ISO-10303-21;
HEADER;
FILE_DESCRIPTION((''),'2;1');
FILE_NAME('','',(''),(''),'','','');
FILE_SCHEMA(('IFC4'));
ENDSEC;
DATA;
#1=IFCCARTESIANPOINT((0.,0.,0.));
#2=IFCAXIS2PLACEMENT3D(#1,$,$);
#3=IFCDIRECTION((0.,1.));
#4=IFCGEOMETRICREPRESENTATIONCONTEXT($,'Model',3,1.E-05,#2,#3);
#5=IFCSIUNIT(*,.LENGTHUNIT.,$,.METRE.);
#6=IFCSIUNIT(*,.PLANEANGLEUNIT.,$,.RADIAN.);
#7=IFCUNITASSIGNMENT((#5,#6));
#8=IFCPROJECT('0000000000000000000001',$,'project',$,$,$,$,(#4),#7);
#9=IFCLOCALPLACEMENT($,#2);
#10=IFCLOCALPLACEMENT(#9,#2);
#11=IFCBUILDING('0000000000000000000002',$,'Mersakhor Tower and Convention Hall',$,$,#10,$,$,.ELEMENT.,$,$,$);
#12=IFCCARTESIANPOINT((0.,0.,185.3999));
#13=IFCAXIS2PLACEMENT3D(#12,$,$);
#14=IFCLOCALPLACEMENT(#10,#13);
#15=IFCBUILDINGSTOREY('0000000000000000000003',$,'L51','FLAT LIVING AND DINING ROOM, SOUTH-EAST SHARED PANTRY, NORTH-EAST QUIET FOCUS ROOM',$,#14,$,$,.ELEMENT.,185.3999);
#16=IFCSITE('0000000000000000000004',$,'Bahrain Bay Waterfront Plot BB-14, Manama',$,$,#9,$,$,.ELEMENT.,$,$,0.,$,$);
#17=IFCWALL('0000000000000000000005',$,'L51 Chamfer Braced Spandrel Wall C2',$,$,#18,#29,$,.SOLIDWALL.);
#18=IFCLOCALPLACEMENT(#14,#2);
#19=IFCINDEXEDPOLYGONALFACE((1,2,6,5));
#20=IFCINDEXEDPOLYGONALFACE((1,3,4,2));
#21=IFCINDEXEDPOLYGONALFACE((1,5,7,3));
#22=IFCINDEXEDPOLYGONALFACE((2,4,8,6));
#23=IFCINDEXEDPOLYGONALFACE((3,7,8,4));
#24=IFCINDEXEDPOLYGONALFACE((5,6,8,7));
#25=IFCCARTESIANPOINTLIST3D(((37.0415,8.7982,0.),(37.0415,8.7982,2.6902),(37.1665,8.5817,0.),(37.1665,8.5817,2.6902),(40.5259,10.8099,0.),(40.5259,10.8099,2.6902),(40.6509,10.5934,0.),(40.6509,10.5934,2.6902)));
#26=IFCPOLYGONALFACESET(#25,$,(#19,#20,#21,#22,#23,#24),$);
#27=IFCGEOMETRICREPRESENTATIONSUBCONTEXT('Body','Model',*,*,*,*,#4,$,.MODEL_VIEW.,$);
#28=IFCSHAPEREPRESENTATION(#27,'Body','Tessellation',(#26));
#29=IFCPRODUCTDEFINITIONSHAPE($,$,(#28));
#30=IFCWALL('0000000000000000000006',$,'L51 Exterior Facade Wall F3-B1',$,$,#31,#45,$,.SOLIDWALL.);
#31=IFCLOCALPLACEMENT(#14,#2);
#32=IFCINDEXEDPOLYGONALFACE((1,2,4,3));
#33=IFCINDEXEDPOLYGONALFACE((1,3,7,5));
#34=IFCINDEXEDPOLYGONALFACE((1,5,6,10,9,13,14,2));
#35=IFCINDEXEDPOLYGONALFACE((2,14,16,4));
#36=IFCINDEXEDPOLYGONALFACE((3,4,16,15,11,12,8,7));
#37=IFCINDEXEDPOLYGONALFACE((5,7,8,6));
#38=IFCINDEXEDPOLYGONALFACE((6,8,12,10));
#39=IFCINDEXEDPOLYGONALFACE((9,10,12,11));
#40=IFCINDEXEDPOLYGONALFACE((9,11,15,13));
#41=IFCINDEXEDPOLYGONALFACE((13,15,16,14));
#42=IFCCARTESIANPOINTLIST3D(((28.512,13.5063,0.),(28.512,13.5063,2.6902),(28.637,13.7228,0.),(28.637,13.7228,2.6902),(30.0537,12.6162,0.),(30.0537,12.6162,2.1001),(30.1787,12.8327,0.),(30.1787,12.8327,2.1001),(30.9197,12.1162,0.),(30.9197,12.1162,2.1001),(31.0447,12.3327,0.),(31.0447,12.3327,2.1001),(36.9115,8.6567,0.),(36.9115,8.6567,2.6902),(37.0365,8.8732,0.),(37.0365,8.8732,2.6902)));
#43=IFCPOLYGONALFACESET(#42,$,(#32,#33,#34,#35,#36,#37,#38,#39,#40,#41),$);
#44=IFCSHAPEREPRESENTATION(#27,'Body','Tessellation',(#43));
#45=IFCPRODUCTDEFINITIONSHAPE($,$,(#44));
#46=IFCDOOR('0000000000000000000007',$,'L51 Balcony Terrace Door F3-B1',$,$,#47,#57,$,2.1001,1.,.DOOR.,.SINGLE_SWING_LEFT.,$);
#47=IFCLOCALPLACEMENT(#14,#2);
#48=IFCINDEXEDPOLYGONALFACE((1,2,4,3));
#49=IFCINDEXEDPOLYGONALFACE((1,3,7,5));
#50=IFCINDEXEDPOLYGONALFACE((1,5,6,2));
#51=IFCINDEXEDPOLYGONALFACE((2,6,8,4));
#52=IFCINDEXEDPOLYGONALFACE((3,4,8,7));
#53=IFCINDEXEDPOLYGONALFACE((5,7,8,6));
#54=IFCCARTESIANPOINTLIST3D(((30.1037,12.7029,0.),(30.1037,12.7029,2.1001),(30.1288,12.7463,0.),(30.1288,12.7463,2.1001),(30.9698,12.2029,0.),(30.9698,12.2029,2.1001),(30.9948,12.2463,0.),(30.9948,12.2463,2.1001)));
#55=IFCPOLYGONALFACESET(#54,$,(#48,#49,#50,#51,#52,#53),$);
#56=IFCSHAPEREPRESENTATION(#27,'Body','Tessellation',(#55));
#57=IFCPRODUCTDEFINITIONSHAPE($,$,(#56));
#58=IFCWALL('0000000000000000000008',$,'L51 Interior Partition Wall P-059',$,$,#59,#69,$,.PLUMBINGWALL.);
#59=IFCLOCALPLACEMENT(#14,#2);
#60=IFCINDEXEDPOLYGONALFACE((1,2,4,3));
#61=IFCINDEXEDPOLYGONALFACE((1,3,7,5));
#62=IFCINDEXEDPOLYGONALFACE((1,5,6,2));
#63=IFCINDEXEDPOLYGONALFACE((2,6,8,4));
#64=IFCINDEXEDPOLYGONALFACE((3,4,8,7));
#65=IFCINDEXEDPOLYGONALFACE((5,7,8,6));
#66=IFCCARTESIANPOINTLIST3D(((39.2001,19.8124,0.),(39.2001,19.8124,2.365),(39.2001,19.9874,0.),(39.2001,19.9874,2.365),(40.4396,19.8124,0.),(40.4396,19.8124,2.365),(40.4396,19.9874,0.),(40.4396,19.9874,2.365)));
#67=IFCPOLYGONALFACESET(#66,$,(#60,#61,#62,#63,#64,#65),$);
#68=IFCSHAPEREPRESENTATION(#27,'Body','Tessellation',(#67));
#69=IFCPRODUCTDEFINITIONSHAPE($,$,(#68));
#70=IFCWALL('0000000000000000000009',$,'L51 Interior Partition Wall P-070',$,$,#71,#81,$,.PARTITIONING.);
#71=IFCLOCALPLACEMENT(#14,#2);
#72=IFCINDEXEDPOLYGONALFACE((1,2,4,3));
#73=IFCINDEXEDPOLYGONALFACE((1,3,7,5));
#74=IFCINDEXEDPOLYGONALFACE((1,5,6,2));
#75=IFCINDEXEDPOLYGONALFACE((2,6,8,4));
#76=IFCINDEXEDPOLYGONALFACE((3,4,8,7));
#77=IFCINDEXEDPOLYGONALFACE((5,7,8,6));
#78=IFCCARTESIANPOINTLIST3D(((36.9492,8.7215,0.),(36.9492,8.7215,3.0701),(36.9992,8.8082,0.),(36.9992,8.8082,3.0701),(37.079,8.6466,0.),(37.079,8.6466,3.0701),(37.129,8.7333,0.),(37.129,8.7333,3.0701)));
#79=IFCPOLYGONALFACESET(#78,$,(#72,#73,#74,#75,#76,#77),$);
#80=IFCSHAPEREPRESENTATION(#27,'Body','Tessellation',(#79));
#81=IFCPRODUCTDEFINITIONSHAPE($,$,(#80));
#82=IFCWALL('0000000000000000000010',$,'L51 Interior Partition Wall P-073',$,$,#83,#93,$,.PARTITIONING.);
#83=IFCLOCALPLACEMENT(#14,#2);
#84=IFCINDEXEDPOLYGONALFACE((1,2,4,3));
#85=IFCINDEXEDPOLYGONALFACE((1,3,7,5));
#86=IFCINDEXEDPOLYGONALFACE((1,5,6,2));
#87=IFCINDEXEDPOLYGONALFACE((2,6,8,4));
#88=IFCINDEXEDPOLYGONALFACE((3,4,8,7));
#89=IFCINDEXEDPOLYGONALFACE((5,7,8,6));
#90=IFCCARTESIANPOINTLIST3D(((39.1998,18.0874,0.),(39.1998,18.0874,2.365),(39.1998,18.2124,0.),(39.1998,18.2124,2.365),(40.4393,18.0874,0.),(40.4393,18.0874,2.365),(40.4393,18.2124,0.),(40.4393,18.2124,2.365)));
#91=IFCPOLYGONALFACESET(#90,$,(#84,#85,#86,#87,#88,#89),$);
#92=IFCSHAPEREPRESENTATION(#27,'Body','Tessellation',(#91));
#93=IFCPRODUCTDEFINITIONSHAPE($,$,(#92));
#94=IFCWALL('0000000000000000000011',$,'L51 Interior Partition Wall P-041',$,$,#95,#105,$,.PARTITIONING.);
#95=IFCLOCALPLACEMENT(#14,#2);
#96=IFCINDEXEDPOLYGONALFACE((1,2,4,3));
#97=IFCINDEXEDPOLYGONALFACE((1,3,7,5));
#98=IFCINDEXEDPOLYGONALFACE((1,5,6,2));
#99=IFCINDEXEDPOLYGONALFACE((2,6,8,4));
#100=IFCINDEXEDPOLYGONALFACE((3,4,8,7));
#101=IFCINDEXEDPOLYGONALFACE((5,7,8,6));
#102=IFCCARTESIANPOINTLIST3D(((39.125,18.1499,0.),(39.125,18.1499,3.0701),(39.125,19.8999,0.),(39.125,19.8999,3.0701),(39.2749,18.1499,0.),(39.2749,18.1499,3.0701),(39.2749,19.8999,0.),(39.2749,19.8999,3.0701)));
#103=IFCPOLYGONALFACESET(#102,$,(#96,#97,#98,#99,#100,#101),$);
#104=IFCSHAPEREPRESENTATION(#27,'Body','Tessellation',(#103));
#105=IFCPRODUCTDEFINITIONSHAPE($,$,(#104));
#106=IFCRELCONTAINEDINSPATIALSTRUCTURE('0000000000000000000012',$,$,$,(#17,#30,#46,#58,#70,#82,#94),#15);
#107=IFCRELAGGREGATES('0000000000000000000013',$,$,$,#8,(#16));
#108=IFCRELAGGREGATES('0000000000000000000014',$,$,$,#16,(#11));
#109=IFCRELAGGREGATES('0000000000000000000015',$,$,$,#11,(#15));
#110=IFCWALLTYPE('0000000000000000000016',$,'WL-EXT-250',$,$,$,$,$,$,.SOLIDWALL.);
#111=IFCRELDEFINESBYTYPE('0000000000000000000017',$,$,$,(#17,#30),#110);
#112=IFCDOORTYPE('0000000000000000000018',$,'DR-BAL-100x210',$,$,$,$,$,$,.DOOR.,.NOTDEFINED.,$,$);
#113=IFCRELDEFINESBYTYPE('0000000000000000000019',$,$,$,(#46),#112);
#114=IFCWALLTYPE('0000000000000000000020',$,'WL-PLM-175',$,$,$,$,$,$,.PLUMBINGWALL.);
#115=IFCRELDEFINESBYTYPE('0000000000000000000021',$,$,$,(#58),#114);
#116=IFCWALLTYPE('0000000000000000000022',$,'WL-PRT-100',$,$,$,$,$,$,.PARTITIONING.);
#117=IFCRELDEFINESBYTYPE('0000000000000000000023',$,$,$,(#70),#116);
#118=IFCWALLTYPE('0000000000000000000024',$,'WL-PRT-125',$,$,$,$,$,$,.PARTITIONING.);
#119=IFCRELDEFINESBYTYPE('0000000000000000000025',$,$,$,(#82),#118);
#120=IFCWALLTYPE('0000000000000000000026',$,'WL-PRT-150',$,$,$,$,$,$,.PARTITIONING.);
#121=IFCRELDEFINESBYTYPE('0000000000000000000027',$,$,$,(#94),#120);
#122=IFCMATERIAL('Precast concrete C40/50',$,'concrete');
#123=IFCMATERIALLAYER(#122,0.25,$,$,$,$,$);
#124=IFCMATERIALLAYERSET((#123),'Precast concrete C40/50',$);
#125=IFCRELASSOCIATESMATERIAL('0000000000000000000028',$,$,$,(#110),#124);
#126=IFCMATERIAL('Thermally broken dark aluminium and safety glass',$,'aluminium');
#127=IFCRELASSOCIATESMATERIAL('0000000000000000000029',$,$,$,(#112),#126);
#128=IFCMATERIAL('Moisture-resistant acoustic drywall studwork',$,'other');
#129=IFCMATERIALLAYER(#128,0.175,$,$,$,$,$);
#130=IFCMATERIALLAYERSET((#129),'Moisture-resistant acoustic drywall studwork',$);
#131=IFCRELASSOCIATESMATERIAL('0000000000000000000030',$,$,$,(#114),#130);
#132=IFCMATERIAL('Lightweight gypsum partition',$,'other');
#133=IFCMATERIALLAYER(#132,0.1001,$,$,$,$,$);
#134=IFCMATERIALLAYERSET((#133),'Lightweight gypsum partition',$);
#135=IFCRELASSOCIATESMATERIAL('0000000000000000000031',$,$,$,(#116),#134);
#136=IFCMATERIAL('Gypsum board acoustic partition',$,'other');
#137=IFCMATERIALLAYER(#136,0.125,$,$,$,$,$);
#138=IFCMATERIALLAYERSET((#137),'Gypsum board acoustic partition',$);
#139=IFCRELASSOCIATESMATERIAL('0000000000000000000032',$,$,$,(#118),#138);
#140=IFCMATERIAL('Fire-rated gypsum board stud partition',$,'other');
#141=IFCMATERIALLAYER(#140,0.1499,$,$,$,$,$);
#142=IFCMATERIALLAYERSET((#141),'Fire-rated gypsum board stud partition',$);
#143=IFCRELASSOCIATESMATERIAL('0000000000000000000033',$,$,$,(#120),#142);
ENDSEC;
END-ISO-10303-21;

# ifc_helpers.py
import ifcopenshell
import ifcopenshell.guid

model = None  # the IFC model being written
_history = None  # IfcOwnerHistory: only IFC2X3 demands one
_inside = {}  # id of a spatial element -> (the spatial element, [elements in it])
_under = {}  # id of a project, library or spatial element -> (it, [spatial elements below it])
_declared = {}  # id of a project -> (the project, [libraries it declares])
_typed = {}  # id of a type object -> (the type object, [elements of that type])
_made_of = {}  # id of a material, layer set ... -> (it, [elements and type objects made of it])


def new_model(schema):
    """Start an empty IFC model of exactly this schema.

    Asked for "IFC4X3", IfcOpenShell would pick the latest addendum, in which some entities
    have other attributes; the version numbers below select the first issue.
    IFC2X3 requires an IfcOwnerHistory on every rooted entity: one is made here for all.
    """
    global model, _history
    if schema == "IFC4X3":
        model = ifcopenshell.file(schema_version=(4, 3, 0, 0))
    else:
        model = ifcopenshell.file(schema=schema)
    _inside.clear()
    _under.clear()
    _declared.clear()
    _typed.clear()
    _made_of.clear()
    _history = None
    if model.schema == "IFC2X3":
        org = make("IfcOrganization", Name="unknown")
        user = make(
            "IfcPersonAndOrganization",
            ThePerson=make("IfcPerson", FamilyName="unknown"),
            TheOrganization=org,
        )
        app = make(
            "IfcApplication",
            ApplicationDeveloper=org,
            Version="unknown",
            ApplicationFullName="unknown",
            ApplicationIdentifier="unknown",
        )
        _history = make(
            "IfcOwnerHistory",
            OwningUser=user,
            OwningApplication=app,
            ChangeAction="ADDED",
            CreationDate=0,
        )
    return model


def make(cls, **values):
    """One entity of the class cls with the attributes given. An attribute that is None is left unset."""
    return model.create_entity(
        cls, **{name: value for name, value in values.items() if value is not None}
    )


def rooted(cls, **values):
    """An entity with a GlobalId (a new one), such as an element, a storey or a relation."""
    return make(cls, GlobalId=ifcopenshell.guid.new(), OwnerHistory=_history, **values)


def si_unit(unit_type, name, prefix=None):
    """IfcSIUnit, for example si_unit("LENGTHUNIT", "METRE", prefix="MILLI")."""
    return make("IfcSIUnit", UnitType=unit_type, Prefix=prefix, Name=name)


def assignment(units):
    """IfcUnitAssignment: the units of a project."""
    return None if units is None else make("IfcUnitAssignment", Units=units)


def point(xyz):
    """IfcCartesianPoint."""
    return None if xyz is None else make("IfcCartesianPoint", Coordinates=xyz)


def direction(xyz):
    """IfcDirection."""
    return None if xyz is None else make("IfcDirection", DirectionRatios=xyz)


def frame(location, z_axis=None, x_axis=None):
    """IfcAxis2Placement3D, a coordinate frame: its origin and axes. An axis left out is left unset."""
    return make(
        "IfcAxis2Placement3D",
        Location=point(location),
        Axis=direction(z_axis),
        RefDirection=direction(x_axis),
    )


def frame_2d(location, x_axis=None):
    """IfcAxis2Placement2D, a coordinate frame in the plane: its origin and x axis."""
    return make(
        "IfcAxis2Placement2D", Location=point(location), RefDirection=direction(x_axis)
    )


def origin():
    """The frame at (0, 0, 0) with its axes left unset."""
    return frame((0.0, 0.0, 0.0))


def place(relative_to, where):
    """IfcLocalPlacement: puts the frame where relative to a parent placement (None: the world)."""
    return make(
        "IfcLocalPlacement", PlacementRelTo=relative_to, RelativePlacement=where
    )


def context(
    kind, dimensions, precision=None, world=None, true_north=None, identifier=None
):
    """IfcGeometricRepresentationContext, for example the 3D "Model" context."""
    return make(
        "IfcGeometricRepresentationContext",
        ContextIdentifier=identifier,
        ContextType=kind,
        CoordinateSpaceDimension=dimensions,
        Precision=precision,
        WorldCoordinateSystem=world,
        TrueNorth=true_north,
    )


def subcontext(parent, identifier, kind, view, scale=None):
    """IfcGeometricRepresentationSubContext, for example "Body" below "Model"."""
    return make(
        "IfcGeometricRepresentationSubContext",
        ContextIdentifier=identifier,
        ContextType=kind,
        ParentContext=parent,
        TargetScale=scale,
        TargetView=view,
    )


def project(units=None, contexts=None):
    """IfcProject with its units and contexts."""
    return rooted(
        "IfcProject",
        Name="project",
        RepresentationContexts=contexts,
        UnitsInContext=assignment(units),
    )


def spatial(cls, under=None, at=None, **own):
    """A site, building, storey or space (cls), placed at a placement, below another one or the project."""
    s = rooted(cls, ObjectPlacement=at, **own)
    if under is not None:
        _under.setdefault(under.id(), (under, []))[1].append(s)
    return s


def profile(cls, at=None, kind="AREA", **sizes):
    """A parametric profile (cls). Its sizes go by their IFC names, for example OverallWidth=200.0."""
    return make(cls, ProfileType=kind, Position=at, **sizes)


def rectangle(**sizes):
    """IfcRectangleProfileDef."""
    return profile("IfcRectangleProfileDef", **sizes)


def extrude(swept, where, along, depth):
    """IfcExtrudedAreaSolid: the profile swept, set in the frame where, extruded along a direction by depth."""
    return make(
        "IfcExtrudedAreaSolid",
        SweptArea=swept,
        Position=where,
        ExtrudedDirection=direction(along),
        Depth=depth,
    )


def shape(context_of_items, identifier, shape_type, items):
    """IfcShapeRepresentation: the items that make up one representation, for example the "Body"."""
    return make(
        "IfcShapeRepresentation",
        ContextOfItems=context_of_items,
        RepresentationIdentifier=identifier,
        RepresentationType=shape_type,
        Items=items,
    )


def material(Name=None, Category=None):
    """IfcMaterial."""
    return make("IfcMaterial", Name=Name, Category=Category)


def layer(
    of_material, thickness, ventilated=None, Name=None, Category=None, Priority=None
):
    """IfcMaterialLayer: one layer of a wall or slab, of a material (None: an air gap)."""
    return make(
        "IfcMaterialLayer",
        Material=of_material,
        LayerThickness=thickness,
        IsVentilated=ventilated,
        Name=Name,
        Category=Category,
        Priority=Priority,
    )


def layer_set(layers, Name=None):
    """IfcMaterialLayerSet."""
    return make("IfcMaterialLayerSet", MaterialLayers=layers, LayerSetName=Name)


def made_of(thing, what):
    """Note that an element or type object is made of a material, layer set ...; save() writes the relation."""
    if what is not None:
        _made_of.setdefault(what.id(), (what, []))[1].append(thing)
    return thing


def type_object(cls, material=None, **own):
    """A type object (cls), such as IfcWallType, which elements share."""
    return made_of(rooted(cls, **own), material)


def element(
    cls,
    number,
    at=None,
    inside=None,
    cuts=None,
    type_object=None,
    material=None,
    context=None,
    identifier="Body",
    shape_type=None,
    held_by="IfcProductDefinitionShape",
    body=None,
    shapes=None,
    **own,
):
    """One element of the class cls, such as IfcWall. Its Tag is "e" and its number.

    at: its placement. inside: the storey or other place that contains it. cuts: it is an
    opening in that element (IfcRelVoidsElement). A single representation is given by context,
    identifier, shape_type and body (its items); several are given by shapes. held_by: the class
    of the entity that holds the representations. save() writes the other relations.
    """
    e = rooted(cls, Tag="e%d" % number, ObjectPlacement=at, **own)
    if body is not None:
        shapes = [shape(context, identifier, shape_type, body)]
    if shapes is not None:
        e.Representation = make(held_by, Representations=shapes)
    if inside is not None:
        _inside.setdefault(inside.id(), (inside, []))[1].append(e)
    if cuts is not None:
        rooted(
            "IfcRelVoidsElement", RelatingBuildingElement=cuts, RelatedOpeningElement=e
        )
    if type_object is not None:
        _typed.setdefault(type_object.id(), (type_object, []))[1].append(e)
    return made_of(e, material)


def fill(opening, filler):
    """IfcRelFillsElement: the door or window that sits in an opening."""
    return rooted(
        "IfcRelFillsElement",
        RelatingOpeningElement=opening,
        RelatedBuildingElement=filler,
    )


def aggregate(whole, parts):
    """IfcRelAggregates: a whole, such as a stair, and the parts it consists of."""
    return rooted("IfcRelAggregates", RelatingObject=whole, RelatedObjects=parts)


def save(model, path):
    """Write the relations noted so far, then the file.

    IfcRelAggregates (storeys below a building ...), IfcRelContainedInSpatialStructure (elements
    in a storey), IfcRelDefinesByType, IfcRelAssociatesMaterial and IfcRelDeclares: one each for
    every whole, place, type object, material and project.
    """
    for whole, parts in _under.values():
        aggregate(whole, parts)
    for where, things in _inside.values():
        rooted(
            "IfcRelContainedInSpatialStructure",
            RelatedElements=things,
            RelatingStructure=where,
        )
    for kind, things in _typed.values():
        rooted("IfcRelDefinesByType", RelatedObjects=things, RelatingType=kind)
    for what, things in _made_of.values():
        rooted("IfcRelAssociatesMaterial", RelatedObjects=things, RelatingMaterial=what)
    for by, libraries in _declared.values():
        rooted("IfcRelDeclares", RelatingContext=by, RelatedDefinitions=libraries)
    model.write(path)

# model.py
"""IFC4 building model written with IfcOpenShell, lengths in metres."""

from ifc_helpers import new_model, si_unit, direction, frame, frame_2d, origin, place, context, subcontext, project, spatial, rectangle, extrude, material, layer, layer_set, type_object, element, fill, save


model = new_model("IFC4")

# Units and contexts
model_context = context("Model", 3, precision=1e-05, world=origin(), true_north=direction((0.0, 1.0)))
body_context = subcontext(model_context, "Body", "Model", "MODEL_VIEW")
ifc_project = project(units=[si_unit("LENGTHUNIT", "METRE"), si_unit("PLANEANGLEUNIT", "RADIAN")], contexts=[model_context])

# Site, building, storey
site_placement = place(None, origin())
site = spatial("IfcSite", under=ifc_project, at=site_placement, Name="Bahrain Bay Waterfront Plot BB-14, Manama", CompositionType="ELEMENT", RefElevation=0.0)
building_placement = place(site_placement, origin())
building = spatial("IfcBuilding", under=site, at=building_placement, Name="Mersakhor Tower and Convention Hall", CompositionType="ELEMENT")
storey_placement = place(building_placement, frame((0.0, 0.0, 185.3999)))
storey = spatial("IfcBuildingStorey", under=building, at=storey_placement, Name="L51", Description="FLAT LIVING AND DINING ROOM, SOUTH-EAST SHARED PANTRY, NORTH-EAST QUIET FOCUS ROOM", CompositionType="ELEMENT", Elevation=185.3999)

# Wall
ifc_material_1 = material(Name="Precast concrete C40/50", Category="concrete")
ifc_layer_1 = layer(ifc_material_1, 0.25)
ifc_layer_set_1 = layer_set([ifc_layer_1], Name="Precast concrete C40/50")
wall_type_1 = type_object("IfcWallType", Name="WL-EXT-250", PredefinedType="SOLIDWALL", material=ifc_layer_set_1)
wall_1_placement = place(storey_placement, frame((40.5884, 10.7017, 0.0), z_axis=(0.0, 0.0, 1.0), x_axis=(-0.866024, -0.500003, 0.0)))
element("IfcWall", 1, at=wall_1_placement, inside=storey, type_object=wall_type_1, Name="L51 Chamfer Braced Spandrel Wall C2", PredefinedType="SOLIDWALL", context=body_context, shape_type="SweptSolid", body=[
    extrude(rectangle(XDim=4.0234, YDim=0.25, at=frame_2d((2.0117, 0.0))), origin(), (0.0, 0.0, 1.0), 2.6902),
])

# Wall, opening, door
wall_2_placement = place(storey_placement, frame((36.9741, 8.7649, 0.0), z_axis=(0.0, 0.0, 1.0), x_axis=(-0.866016, 0.500016, 0.0)))
wall_2 = element("IfcWall", 2, at=wall_2_placement, inside=storey, type_object=wall_type_1, Name="L51 Exterior Facade Wall F3-B1", PredefinedType="SOLIDWALL", context=body_context, shape_type="SweptSolid", body=[
    extrude(rectangle(XDim=9.699, YDim=0.25, at=frame_2d((4.8496, 0.0))), origin(), (0.0, 0.0, 1.0), 2.6902),
])
opening_1_placement = place(wall_2_placement, frame((6.9189, 0.0, 0.0)))
opening_1 = element("IfcOpeningElement", 3, at=opening_1_placement, cuts=wall_2, PredefinedType="OPENING", context=body_context, shape_type="SweptSolid", body=[
    extrude(rectangle(XDim=1.0, YDim=2.1001, at=frame_2d((0.5, 1.05))), frame((0.0, 0.135, 0.0), z_axis=(0.0, -1.0, 0.0), x_axis=(1.0, 0.0, 0.0)), (0.0, 0.0, 1.0), 0.27),
])
ifc_material_2 = material(Name="Thermally broken dark aluminium and safety glass", Category="aluminium")
door_type_1 = type_object("IfcDoorType", Name="DR-BAL-100x210", OperationType="NOTDEFINED", PredefinedType="DOOR", material=ifc_material_2)
door_1_placement = place(opening_1_placement, origin())
door_1 = element("IfcDoor", 4, at=door_1_placement, inside=storey, type_object=door_type_1, Name="L51 Balcony Terrace Door F3-B1", OperationType="SINGLE_SWING_LEFT", OverallHeight=2.1001, OverallWidth=1.0, PredefinedType="DOOR", context=body_context, shape_type="SweptSolid", body=[
    extrude(rectangle(XDim=1.0, YDim=2.1001, at=frame_2d((0.5, 1.05))), frame((0.0, 0.0249, 0.0), z_axis=(0.0, -1.0, 0.0), x_axis=(1.0, 0.0, 0.0)), (0.0, 0.0, 1.0), 0.05),
])
fill(opening_1, door_1)

# Walls
ifc_material_3 = material(Name="Moisture-resistant acoustic drywall studwork", Category="other")
ifc_layer_2 = layer(ifc_material_3, 0.175)
ifc_layer_set_2 = layer_set([ifc_layer_2], Name="Moisture-resistant acoustic drywall studwork")
wall_type_2 = type_object("IfcWallType", Name="WL-PLM-175", PredefinedType="PLUMBINGWALL", material=ifc_layer_set_2)
wall_3_placement = place(storey_placement, frame((40.4395, 19.8999, 0.0), z_axis=(0.0, 0.0, 1.0), x_axis=(-1.0, 0.0, 0.0)))
element("IfcWall", 5, at=wall_3_placement, inside=storey, type_object=wall_type_2, Name="L51 Interior Partition Wall P-059", PredefinedType="PLUMBINGWALL", context=body_context, shape_type="SweptSolid", body=[
    extrude(rectangle(XDim=1.2395, YDim=0.175, at=frame_2d((0.6196, 0.0))), origin(), (0.0, 0.0, 1.0), 2.365),
])
ifc_material_4 = material(Name="Lightweight gypsum partition", Category="other")
ifc_layer_3 = layer(ifc_material_4, 0.1001)
ifc_layer_set_3 = layer_set([ifc_layer_3], Name="Lightweight gypsum partition")
wall_type_3 = type_object("IfcWallType", Name="WL-PRT-100", PredefinedType="PARTITIONING", material=ifc_layer_set_3)
wall_4_placement = place(storey_placement, frame((37.104, 8.6899, 0.0), z_axis=(0.0, 0.0, 1.0), x_axis=(-0.866131, 0.499816, 0.0)))
element("IfcWall", 6, at=wall_4_placement, inside=storey, type_object=wall_type_3, Name="L51 Interior Partition Wall P-070", PredefinedType="PARTITIONING", context=body_context, shape_type="SweptSolid", body=[
    extrude(rectangle(XDim=0.1499, YDim=0.1001, at=frame_2d((0.075, 0.0))), origin(), (0.0, 0.0, 1.0), 3.0701),
])
ifc_material_5 = material(Name="Gypsum board acoustic partition", Category="other")
ifc_layer_4 = layer(ifc_material_5, 0.125)
ifc_layer_set_4 = layer_set([ifc_layer_4], Name="Gypsum board acoustic partition")
wall_type_4 = type_object("IfcWallType", Name="WL-PRT-125", PredefinedType="PARTITIONING", material=ifc_layer_set_4)
wall_5_placement = place(storey_placement, frame((39.2, 18.1499, 0.0), z_axis=(0.0, 0.0, 1.0), x_axis=(1.0, 0.0, 0.0)))
element("IfcWall", 7, at=wall_5_placement, inside=storey, type_object=wall_type_4, Name="L51 Interior Partition Wall P-073", PredefinedType="PARTITIONING", context=body_context, shape_type="SweptSolid", body=[
    extrude(rectangle(XDim=1.2395, YDim=0.125, at=frame_2d((0.6196, 0.0))), origin(), (0.0, 0.0, 1.0), 2.365),
])
ifc_material_6 = material(Name="Fire-rated gypsum board stud partition", Category="other")
ifc_layer_5 = layer(ifc_material_6, 0.1499)
ifc_layer_set_5 = layer_set([ifc_layer_5], Name="Fire-rated gypsum board stud partition")
wall_type_5 = type_object("IfcWallType", Name="WL-PRT-150", PredefinedType="PARTITIONING", material=ifc_layer_set_5)
wall_6_placement = place(storey_placement, frame((39.2, 19.8999, 0.0), z_axis=(0.0, 0.0, 1.0), x_axis=(0.0, -1.0, 0.0)))
element("IfcWall", 8, at=wall_6_placement, inside=storey, type_object=wall_type_5, Name="L51 Interior Partition Wall P-041", PredefinedType="PARTITIONING", context=body_context, shape_type="SweptSolid", body=[
    extrude(rectangle(XDim=1.75, YDim=0.1499, at=frame_2d((0.875, 0.0))), origin(), (0.0, 0.0, 1.0), 3.0701),
])

save(model, "model.ifc")
